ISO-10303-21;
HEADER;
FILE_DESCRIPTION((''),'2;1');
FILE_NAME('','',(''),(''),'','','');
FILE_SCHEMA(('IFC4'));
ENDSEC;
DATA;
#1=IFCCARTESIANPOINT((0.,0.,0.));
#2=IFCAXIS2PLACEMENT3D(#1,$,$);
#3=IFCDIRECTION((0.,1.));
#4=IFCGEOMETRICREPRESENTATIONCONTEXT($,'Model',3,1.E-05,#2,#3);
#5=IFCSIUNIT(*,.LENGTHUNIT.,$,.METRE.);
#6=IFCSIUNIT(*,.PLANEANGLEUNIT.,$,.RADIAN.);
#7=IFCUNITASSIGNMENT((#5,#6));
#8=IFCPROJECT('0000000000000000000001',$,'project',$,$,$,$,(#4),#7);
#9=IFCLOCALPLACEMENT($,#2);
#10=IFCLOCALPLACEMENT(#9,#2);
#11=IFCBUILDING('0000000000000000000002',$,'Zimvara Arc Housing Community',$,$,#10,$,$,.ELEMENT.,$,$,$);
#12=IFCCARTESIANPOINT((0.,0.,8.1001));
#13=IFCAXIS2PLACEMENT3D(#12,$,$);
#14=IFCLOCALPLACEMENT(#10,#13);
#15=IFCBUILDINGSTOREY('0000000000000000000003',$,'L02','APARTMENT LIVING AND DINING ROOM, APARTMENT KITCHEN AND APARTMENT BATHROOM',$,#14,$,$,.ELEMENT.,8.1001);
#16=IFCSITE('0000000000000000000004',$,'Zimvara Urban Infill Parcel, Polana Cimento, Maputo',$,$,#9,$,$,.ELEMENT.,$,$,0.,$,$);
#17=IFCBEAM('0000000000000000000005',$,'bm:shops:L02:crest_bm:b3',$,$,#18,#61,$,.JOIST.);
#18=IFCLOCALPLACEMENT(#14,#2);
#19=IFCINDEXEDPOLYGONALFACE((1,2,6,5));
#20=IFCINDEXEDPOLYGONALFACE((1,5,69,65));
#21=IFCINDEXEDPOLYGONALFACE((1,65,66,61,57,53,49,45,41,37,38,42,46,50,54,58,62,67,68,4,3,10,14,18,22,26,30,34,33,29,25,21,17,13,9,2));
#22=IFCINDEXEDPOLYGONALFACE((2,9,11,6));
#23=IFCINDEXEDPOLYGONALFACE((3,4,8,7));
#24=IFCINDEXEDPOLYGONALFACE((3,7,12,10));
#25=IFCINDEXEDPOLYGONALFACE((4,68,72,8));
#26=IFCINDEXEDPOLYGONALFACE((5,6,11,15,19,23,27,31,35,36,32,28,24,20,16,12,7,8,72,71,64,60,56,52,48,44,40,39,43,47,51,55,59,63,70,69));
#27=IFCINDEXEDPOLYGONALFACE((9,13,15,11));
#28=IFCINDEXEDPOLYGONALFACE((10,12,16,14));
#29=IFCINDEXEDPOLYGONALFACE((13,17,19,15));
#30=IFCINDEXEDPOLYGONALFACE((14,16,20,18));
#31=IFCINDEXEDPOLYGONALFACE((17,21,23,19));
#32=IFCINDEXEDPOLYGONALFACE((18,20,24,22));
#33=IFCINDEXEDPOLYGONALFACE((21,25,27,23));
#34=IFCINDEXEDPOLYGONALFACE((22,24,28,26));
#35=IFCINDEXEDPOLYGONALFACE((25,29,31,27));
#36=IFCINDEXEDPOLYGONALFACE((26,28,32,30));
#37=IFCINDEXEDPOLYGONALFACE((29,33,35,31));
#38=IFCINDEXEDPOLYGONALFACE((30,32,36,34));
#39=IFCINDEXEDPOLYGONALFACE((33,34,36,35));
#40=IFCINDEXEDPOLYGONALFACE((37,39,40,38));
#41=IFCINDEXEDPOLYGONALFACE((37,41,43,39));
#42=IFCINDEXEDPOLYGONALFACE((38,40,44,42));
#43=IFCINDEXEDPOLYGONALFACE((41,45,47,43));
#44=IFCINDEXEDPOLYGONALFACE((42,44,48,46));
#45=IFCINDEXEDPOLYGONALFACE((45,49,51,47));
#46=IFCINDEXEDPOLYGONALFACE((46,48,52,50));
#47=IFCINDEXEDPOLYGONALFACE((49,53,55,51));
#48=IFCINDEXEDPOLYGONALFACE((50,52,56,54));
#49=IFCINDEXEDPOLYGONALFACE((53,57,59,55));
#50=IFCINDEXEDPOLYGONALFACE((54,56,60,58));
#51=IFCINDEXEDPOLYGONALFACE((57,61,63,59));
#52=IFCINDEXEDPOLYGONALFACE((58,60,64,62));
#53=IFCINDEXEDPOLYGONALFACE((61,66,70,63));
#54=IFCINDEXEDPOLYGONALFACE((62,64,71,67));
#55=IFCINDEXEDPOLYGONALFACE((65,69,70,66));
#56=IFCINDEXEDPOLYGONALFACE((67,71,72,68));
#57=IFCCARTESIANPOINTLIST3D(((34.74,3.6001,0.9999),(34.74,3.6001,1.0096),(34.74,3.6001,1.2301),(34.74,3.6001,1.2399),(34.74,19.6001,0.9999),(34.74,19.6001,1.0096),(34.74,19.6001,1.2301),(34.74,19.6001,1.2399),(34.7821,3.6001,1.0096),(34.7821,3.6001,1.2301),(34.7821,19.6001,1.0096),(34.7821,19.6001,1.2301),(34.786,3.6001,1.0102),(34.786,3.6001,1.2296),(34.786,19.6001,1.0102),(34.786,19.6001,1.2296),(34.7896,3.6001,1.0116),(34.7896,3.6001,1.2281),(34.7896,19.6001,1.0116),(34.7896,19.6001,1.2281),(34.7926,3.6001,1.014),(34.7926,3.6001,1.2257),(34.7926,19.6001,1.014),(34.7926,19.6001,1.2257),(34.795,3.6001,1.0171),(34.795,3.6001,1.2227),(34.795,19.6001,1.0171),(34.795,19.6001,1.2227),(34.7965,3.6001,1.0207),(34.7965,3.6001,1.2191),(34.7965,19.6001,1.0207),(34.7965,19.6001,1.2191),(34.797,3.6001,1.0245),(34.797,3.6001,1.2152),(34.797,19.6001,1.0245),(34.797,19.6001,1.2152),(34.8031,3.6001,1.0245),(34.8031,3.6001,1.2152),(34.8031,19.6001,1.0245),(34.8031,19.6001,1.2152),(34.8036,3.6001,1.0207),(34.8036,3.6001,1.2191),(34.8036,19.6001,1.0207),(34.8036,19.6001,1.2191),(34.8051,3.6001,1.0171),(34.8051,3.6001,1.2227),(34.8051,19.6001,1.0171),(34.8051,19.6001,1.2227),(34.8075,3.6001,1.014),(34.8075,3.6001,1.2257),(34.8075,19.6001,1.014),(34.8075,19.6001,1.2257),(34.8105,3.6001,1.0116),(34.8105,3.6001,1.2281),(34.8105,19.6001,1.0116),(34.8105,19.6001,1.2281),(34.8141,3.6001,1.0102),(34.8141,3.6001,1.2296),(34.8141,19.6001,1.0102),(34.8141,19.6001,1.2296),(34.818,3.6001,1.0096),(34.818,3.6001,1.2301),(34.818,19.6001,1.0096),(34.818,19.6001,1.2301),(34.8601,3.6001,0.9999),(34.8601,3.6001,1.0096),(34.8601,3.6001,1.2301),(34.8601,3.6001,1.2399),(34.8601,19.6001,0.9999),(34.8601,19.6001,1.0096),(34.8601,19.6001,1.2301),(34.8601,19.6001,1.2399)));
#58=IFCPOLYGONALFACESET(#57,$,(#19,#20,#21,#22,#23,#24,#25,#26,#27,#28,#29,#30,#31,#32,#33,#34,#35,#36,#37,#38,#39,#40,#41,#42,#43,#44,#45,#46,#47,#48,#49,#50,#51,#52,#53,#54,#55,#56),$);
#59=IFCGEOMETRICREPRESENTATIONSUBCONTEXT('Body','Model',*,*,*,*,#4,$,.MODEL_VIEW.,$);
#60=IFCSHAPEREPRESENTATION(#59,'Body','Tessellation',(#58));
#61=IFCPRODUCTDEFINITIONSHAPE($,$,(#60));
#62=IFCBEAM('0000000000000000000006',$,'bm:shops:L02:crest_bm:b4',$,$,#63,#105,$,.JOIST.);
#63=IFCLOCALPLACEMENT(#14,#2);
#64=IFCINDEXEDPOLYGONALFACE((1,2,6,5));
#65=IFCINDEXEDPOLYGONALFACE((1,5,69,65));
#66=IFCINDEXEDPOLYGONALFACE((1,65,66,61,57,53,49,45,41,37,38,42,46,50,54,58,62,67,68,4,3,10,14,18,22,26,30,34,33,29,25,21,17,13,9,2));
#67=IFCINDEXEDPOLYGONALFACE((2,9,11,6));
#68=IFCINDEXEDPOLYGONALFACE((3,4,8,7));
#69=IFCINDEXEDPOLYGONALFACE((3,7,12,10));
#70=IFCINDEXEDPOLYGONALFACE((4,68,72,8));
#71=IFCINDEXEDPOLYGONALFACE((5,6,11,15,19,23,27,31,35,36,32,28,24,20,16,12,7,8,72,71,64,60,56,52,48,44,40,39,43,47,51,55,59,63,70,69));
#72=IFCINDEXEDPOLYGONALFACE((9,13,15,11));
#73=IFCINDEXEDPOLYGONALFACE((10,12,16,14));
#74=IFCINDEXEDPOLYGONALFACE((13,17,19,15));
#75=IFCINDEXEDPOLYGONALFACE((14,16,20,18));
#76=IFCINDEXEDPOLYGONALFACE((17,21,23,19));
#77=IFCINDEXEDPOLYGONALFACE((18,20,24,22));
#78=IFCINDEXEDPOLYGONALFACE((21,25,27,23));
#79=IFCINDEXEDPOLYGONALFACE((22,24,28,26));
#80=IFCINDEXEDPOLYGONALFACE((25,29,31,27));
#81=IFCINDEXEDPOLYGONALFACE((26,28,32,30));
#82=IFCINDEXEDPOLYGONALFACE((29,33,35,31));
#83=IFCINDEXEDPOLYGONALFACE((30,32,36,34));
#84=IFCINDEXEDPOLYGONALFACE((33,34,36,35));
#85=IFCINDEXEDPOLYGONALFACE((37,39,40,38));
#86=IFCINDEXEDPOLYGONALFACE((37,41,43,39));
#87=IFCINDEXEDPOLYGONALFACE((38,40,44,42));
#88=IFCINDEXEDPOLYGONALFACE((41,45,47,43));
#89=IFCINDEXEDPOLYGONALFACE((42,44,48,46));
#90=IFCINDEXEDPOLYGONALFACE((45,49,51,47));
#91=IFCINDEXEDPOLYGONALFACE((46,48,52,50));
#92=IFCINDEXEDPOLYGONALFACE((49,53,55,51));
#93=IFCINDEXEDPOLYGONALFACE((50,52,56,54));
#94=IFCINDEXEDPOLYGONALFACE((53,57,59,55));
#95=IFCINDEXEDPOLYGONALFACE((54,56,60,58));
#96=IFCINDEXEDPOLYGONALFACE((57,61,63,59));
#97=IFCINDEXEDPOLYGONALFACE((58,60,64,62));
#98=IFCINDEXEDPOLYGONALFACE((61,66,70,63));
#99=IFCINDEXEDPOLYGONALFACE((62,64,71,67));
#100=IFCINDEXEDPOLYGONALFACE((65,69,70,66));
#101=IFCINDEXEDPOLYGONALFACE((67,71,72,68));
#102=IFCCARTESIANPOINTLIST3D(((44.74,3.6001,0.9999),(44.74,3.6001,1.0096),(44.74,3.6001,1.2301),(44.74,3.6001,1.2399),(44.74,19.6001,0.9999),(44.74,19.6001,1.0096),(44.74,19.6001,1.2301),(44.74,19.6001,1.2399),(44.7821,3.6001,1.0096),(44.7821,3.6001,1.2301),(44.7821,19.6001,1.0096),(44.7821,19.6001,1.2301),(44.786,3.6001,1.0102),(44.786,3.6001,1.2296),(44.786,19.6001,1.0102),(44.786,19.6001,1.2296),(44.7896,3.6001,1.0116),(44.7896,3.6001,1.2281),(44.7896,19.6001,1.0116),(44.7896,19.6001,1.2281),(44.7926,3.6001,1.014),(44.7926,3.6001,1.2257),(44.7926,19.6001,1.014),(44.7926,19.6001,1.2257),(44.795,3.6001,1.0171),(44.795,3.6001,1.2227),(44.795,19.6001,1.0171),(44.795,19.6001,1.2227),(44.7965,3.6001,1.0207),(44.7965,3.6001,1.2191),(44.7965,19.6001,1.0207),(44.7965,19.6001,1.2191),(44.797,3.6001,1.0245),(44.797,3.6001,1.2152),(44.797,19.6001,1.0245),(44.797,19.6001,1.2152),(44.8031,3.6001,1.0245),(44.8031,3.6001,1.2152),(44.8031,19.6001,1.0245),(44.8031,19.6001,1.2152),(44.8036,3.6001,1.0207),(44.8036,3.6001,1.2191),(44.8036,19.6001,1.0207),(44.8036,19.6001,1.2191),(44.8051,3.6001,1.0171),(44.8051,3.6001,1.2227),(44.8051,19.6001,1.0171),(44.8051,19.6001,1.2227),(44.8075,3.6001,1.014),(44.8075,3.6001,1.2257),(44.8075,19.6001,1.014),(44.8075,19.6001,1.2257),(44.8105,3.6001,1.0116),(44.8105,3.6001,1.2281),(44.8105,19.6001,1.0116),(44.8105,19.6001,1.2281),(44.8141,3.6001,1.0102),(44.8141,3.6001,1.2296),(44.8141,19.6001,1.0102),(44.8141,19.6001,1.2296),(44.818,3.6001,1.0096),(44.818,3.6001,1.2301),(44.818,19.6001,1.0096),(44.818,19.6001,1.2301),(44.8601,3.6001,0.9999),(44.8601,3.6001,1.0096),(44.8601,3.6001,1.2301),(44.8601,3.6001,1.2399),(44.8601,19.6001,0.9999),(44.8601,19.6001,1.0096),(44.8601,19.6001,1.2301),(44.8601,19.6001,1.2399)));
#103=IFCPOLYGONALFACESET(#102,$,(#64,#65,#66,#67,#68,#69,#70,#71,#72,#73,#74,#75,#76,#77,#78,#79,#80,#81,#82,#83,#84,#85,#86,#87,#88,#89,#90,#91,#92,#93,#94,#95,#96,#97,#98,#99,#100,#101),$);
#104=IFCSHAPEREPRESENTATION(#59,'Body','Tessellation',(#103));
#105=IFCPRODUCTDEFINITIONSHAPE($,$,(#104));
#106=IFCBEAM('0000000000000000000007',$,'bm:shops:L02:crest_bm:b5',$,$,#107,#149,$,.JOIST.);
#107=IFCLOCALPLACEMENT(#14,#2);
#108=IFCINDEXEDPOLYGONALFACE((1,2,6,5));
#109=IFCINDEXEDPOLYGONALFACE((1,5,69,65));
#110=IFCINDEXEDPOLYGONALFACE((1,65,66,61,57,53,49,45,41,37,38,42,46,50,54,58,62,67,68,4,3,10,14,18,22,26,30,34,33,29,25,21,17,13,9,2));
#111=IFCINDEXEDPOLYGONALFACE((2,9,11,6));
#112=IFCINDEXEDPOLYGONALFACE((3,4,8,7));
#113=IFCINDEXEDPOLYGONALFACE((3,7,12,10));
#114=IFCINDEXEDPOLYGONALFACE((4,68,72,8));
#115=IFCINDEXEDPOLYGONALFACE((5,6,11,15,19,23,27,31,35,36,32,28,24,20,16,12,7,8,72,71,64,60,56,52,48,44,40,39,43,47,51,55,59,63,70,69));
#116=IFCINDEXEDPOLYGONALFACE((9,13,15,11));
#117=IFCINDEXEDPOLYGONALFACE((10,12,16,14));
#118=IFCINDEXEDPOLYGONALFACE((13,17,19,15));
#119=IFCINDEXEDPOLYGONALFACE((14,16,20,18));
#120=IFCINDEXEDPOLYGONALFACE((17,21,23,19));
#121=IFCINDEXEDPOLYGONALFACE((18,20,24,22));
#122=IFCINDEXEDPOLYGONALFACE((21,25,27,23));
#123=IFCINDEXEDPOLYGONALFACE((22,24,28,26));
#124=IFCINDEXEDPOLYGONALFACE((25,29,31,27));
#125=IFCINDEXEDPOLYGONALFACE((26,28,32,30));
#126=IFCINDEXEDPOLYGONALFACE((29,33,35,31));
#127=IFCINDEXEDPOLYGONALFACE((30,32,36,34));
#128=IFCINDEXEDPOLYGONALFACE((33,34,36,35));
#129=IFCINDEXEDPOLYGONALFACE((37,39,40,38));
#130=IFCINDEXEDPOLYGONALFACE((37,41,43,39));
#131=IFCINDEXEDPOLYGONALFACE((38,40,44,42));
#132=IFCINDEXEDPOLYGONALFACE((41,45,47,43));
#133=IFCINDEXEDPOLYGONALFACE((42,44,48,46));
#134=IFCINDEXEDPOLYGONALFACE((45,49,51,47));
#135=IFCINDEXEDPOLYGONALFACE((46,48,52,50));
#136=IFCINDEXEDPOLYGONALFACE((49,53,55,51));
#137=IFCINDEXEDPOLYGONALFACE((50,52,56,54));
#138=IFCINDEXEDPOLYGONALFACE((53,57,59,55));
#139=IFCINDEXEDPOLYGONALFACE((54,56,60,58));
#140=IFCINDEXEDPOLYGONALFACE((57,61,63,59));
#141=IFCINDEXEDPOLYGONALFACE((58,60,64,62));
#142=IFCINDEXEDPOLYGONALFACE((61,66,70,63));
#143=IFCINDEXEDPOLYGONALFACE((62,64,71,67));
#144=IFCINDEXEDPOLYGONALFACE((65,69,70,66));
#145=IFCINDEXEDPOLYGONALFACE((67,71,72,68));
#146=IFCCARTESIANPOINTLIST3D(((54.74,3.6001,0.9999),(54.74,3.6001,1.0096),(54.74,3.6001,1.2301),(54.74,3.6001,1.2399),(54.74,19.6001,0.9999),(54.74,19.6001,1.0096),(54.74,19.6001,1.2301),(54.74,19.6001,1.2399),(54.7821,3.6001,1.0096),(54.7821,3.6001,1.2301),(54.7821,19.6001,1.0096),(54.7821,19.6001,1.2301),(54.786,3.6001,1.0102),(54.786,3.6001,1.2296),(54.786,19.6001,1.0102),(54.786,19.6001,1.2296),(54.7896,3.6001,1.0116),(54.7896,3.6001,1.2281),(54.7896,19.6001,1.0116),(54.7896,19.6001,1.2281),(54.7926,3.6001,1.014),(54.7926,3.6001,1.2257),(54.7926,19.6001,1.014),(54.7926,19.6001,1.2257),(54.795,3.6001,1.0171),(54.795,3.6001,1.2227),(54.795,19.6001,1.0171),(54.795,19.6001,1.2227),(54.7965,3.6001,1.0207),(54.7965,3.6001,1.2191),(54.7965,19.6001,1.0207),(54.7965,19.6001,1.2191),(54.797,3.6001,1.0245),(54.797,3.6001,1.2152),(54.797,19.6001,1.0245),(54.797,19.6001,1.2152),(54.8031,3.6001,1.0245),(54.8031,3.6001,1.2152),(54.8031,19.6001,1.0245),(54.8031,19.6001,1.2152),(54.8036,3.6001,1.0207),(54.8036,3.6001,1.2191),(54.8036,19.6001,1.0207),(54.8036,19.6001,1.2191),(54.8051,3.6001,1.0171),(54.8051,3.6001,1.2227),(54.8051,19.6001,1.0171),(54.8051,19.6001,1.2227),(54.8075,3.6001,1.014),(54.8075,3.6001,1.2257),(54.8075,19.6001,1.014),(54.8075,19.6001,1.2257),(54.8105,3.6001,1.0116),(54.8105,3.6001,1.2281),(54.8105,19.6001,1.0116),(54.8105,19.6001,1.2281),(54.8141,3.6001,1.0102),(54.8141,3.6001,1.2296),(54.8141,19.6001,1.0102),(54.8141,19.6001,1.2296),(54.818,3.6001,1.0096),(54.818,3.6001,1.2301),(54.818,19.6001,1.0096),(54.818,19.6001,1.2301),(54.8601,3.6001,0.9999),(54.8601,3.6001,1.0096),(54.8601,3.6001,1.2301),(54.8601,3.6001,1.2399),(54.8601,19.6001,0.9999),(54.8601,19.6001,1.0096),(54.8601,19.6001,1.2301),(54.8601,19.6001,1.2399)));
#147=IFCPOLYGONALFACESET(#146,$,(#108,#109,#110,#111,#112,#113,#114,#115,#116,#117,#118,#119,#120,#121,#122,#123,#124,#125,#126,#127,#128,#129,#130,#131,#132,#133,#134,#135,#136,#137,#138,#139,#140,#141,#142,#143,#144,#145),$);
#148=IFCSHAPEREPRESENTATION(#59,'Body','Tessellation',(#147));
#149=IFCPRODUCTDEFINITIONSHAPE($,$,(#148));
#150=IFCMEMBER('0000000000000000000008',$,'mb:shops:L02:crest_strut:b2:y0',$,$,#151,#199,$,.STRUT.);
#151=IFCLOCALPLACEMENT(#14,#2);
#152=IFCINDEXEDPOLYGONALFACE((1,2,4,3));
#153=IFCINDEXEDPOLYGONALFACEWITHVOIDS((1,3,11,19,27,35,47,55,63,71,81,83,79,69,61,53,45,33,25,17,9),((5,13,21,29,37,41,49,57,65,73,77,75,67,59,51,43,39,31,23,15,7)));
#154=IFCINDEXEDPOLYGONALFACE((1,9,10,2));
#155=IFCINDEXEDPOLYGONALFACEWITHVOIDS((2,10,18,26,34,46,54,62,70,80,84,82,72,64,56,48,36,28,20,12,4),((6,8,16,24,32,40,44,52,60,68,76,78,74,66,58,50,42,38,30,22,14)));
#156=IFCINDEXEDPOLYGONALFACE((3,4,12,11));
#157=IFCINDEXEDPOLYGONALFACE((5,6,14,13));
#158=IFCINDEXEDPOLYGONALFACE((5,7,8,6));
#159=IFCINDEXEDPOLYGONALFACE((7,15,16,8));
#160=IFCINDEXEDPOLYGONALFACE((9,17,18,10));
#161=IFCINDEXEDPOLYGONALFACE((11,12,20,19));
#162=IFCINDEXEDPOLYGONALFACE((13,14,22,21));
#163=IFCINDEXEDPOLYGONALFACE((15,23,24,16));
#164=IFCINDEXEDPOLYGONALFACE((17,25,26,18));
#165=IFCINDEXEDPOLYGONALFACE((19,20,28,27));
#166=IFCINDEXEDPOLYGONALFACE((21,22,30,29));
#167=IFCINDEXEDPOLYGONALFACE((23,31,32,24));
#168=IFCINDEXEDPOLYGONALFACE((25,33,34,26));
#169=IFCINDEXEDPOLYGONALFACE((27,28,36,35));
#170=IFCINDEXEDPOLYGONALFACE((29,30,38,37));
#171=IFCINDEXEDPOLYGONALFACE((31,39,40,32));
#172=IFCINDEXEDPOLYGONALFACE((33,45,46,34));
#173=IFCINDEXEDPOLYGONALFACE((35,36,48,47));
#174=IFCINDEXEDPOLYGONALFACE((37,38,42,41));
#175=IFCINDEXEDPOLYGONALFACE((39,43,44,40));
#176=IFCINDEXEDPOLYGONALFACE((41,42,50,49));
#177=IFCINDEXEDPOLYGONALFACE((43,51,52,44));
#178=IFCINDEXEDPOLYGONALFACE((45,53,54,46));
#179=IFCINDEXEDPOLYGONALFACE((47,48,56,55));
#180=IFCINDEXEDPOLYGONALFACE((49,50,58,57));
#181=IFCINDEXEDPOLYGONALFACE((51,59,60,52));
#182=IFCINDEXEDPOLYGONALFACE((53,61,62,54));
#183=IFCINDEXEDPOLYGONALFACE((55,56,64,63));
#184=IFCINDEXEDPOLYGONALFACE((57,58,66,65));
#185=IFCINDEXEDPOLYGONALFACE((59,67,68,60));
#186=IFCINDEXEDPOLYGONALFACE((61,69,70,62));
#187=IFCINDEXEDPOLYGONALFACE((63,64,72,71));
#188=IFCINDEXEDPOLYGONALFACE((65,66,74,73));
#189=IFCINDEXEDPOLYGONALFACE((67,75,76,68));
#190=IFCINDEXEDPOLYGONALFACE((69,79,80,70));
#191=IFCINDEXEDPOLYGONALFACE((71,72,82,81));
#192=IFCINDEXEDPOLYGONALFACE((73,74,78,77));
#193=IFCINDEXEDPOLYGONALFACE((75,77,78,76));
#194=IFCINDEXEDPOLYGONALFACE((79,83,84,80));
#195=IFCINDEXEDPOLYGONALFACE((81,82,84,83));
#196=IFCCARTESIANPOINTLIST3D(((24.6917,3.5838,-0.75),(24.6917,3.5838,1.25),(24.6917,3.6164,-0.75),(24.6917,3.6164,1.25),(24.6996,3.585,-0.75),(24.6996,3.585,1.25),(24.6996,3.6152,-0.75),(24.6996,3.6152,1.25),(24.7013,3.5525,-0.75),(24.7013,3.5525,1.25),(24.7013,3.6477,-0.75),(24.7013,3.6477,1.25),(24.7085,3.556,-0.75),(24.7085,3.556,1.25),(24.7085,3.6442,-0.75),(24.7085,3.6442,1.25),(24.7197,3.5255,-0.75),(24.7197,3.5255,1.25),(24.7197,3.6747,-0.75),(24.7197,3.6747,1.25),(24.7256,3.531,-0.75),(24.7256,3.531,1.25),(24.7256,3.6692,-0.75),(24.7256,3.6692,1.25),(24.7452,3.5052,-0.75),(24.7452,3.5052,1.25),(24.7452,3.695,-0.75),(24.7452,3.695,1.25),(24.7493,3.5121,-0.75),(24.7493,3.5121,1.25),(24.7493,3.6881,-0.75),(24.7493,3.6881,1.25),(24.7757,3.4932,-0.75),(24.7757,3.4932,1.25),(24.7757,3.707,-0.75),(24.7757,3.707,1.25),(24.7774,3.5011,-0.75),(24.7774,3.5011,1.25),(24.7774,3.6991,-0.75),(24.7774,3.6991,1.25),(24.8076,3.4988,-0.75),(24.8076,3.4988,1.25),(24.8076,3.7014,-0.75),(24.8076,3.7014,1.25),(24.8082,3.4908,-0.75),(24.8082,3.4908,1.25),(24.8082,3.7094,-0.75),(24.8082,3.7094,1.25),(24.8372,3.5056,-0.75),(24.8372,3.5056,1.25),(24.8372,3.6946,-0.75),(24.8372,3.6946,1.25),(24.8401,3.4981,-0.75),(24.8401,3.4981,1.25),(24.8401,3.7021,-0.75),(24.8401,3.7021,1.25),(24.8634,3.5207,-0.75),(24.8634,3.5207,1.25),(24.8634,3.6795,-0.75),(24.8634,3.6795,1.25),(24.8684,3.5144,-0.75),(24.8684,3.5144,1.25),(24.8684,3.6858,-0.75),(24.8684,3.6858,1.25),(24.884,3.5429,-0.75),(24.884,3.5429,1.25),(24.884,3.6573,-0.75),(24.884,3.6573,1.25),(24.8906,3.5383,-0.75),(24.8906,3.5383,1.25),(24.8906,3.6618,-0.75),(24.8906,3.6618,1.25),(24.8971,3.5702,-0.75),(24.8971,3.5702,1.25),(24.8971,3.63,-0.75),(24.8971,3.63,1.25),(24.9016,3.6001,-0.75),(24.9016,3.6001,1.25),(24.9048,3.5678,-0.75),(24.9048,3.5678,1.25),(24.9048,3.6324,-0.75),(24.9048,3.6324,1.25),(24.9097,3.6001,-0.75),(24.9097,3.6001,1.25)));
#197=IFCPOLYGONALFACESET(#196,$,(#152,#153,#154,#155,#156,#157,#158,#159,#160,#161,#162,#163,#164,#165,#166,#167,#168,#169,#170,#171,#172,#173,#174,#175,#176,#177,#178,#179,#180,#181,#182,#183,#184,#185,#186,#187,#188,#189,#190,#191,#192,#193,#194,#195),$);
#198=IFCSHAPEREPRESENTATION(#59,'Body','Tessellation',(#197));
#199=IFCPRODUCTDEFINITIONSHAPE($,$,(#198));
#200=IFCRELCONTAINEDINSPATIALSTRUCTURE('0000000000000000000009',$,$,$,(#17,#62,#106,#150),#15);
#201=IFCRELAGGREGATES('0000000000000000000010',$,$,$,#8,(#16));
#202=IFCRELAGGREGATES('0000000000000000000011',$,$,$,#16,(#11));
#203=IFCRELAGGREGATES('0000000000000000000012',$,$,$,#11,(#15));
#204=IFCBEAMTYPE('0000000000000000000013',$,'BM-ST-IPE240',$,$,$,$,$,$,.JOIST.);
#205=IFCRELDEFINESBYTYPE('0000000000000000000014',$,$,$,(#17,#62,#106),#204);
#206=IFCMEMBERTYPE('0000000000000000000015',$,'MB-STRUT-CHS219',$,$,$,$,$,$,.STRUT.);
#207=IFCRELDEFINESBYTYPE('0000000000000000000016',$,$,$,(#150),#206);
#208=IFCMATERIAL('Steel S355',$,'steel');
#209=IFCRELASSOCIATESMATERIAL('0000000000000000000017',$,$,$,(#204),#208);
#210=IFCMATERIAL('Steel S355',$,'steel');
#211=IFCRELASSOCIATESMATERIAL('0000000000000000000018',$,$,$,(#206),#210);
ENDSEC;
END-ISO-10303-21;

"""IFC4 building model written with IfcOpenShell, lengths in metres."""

from ifc_helpers import new_model, si_unit, direction, frame, origin, origin_2d, place, context, subcontext, project, spatial, hollow_circle, i_section, extrude, material, material_profile, profile_set, type_object, element, save


model = new_model("IFC4")

# Units and contexts
model_context = context("Model", 3, precision=1e-05, world=origin(), true_north=direction((0.0, 1.0)))
body_context = subcontext(model_context, "Body", "Model", "MODEL_VIEW")
ifc_project = project(units=[si_unit("LENGTHUNIT", "METRE"), si_unit("PLANEANGLEUNIT", "RADIAN")], contexts=[model_context])

# Site, building, storey
site_placement = place(None, origin())
site = spatial("IfcSite", under=ifc_project, at=site_placement, Name="Zimvara Urban Infill Parcel, Polana Cimento, Maputo", CompositionType="ELEMENT", RefElevation=0.0)
building_placement = place(site_placement, origin())
building = spatial("IfcBuilding", under=site, at=building_placement, Name="Zimvara Arc Housing Community", CompositionType="ELEMENT")
storey_placement = place(building_placement, frame((0.0, 0.0, 8.1001)))
storey = spatial("IfcBuildingStorey", under=building, at=storey_placement, Name="L02", Description="APARTMENT LIVING AND DINING ROOM, APARTMENT KITCHEN AND APARTMENT BATHROOM", CompositionType="ELEMENT", Elevation=8.1001)

# Beams
ifc_material_1 = material(Name="Steel S355", Category="steel")
ifc_material_profile_1 = material_profile(ifc_material_1, i_section(OverallWidth=0.1201, OverallDepth=0.24, WebThickness=0.0061, FlangeThickness=0.0098, FilletRadius=0.0149, at=origin_2d()), Name="IPE 240")
ifc_profile_set_1 = profile_set([ifc_material_profile_1], Name="Steel S355")
beam_type_1 = type_object("IfcBeamType", Name="BM-ST-IPE240", PredefinedType="JOIST", material=ifc_profile_set_1)
for number, where, z_axis, x_axis, name in (
    (1, (34.8, 3.6001, 1.1199), (0.0, 1.0, 0.0), (-1.0, 0.0, 0.0), "bm:shops:L02:crest_bm:b3"),
    (2, (44.8, 3.6001, 1.1199), (0.0, 1.0, 0.0), (-1.0, 0.0, 0.0), "bm:shops:L02:crest_bm:b4"),
    (3, (54.8, 3.6001, 1.1199), (0.0, 1.0, 0.0), (-1.0, 0.0, 0.0), "bm:shops:L02:crest_bm:b5"),
):
    element("IfcBeam", number, at=place(storey_placement, frame(where, z_axis=z_axis, x_axis=x_axis)), inside=storey, type_object=beam_type_1, Name=name, PredefinedType="JOIST", context=body_context, shape_type="SweptSolid", body=[
        extrude(i_section(OverallWidth=0.1201, OverallDepth=0.24, WebThickness=0.0061, FlangeThickness=0.0098, FilletRadius=0.0149, at=origin_2d()), origin(), (0.0, 0.0, 1.0), 16.0),
    ])

# Member
ifc_material_2 = material(Name="Steel S355", Category="steel")
ifc_material_profile_2 = material_profile(ifc_material_2, hollow_circle(Radius=0.1096, WallThickness=0.0081, at=origin_2d()), Name="CHS 219.1x8.0")
ifc_profile_set_2 = profile_set([ifc_material_profile_2], Name="Steel S355")
member_type = type_object("IfcMemberType", Name="MB-STRUT-CHS219", PredefinedType="STRUT", material=ifc_profile_set_2)
for number, where, z_axis, x_axis, name in (
    (4, (24.8, 3.6001, -0.75), (0.0, 0.0, 1.0), (1.0, 0.0, 0.0), "mb:shops:L02:crest_strut:b2:y0"),
):
    element("IfcMember", number, at=place(storey_placement, frame(where, z_axis=z_axis, x_axis=x_axis)), inside=storey, type_object=member_type, Name=name, PredefinedType="STRUT", context=body_context, shape_type="SweptSolid", body=[
        extrude(hollow_circle(Radius=0.1096, WallThickness=0.0081, at=origin_2d()), origin(), (0.0, 0.0, 1.0), 2.0),
    ])

save(model, "model.ifc")
